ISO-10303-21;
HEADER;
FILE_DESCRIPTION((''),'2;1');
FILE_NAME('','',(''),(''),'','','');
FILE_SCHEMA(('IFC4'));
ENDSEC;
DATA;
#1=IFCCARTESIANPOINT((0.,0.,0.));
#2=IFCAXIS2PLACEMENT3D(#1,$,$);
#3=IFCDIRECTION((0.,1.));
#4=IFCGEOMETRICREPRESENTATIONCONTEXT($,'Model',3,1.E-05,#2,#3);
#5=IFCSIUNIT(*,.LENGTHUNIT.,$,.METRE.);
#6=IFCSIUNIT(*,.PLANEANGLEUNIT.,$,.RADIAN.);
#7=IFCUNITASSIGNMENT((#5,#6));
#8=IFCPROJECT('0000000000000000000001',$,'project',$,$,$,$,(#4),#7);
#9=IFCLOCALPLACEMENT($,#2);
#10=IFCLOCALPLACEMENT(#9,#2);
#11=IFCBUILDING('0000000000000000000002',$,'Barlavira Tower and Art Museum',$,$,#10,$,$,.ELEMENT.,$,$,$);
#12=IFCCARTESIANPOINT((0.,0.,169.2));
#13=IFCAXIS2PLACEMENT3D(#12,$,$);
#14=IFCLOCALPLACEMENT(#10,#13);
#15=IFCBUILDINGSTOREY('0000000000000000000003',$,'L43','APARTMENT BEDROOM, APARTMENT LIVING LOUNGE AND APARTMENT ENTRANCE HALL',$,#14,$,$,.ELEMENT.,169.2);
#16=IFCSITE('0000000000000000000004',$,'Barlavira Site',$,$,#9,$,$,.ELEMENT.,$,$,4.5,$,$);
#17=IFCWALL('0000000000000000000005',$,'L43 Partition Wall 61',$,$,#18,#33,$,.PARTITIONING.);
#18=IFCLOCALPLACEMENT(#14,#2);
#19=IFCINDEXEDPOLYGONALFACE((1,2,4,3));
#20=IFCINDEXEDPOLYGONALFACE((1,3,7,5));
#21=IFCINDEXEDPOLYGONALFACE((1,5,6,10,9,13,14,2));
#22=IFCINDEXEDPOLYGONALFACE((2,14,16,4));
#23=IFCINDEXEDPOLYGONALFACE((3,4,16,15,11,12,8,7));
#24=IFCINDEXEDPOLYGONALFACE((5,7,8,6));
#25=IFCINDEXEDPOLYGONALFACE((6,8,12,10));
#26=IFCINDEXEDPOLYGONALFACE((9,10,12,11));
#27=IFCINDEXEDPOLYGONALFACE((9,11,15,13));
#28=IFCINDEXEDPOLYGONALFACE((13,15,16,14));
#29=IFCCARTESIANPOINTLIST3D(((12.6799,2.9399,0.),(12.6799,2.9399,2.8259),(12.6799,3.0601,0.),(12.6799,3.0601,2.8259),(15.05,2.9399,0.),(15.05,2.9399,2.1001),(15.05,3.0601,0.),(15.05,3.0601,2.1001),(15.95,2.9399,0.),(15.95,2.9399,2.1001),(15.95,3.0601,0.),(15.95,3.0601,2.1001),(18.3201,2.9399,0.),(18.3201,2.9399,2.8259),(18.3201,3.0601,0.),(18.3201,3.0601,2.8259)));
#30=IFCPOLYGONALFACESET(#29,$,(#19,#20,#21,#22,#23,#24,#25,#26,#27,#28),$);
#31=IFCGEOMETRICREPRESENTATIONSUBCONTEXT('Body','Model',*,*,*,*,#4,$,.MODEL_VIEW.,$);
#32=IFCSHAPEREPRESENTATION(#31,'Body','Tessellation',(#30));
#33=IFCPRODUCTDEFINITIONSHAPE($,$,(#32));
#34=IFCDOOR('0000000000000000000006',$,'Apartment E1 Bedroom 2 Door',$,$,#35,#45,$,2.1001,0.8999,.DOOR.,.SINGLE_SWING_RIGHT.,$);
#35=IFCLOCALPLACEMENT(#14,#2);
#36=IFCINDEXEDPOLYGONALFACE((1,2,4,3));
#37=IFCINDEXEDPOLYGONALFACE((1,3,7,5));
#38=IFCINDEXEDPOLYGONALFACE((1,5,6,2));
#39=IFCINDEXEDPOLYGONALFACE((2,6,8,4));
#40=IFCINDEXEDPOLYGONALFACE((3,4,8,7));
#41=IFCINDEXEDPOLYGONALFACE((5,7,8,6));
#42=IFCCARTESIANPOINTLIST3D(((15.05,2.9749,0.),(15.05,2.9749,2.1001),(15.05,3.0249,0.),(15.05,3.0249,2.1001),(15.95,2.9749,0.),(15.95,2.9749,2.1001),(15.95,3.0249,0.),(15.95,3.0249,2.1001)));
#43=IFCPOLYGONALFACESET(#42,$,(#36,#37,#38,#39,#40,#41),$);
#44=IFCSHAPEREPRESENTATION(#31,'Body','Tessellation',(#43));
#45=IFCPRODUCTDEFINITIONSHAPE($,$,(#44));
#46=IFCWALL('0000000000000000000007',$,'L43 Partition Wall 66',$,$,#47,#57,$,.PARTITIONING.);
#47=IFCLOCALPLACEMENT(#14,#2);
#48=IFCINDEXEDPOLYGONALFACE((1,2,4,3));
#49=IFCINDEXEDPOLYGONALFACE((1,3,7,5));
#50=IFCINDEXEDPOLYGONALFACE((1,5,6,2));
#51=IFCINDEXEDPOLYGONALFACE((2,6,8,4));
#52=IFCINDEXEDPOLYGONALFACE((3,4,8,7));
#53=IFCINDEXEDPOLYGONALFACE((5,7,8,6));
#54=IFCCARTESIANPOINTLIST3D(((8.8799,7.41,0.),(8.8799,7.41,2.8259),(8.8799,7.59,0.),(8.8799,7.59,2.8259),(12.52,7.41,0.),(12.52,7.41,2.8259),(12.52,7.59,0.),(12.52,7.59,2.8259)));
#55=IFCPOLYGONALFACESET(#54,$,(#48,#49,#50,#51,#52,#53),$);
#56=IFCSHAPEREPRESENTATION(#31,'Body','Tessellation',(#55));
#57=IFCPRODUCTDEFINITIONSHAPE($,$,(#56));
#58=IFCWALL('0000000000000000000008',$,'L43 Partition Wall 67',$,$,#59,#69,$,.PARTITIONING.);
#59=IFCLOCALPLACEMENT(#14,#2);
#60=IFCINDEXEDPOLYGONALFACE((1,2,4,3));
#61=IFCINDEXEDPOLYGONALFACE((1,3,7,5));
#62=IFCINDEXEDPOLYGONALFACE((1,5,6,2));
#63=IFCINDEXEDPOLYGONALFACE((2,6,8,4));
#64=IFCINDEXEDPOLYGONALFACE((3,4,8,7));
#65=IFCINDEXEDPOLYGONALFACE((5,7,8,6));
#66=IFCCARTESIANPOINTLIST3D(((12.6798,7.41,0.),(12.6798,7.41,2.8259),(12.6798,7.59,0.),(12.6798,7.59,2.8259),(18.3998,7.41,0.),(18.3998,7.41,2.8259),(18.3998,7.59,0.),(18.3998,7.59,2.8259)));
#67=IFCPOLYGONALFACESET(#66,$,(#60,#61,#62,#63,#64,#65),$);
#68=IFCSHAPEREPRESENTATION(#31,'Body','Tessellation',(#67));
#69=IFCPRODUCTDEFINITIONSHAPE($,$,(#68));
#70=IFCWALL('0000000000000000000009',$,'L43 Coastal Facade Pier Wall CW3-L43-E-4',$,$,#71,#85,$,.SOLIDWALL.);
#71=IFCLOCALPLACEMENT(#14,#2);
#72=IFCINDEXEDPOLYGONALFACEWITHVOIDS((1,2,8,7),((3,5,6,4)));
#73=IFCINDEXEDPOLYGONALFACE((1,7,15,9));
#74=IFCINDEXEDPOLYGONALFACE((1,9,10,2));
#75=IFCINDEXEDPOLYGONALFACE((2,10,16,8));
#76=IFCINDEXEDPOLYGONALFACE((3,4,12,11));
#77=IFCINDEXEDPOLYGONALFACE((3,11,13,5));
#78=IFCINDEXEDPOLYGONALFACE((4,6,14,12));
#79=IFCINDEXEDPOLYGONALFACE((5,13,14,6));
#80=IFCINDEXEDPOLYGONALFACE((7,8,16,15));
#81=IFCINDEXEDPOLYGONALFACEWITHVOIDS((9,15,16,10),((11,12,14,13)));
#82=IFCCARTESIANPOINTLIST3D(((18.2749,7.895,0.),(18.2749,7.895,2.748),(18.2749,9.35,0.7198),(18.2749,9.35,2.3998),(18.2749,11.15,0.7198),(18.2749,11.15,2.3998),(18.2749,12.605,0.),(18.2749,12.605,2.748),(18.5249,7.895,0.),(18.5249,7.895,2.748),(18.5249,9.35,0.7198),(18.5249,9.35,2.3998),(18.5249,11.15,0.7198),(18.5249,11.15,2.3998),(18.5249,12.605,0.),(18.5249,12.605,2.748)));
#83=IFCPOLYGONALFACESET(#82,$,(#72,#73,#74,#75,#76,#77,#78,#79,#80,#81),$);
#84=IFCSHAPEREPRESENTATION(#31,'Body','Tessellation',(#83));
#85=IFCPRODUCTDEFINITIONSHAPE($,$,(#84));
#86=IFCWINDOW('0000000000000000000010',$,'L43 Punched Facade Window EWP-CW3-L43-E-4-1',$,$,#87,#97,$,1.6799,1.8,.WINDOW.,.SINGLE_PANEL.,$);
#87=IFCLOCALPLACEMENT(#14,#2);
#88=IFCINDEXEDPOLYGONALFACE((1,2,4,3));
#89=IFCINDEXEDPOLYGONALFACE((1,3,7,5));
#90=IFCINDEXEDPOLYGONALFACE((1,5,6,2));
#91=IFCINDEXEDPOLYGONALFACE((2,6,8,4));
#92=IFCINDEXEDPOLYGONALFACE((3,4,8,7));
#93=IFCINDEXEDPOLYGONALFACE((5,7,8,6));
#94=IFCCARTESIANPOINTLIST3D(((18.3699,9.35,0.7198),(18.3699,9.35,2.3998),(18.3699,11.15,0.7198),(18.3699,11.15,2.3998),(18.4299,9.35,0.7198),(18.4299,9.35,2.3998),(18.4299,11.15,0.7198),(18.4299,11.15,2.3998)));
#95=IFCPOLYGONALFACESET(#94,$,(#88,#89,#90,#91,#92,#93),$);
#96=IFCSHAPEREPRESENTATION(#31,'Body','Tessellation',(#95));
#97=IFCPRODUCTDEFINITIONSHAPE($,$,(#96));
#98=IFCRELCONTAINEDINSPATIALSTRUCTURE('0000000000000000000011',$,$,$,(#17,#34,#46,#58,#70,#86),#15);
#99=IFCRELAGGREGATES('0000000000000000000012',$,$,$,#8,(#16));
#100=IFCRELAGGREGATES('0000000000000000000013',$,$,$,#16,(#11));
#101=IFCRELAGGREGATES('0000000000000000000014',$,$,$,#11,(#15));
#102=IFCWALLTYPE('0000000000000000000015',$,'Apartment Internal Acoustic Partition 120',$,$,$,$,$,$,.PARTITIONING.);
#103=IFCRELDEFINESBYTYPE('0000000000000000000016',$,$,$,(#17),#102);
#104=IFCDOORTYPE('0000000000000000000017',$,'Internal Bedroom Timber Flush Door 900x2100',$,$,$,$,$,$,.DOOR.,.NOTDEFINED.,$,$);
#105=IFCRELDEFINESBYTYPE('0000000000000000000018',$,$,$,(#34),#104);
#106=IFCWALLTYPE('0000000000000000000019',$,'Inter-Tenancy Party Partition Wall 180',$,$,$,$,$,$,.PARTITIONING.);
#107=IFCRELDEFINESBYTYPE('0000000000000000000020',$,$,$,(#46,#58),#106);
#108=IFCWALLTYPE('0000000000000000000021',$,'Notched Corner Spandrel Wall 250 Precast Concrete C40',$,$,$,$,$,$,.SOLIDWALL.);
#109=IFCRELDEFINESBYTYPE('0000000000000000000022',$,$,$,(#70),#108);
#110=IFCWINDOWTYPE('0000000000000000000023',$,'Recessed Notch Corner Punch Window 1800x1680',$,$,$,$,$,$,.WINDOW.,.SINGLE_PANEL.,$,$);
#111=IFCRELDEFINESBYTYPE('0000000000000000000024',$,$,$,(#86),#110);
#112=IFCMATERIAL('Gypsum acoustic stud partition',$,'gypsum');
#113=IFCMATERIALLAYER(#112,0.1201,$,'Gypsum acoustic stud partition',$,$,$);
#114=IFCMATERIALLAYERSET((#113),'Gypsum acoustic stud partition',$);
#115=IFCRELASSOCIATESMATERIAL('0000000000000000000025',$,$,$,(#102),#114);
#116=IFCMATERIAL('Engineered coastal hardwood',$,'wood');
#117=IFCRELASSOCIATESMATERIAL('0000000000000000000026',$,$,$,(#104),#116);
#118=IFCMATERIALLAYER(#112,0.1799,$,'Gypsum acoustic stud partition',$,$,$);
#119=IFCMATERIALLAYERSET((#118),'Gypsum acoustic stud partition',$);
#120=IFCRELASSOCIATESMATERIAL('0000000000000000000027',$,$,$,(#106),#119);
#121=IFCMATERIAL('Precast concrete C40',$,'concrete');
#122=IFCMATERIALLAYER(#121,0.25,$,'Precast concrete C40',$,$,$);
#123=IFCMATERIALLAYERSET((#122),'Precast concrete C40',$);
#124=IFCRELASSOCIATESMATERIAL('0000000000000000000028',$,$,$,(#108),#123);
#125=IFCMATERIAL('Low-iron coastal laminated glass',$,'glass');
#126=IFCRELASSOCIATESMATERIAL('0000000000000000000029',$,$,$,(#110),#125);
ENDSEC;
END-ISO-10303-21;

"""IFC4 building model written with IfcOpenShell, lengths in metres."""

from ifc_helpers import new_model, si_unit, direction, frame, frame_2d, origin, place, context, subcontext, project, spatial, rectangle, extrude, material, layer, layer_set, type_object, element, fill, save


model = new_model("IFC4")

# Units and contexts
model_context = context("Model", 3, precision=1e-05, world=origin(), true_north=direction((0.0, 1.0)))
body_context = subcontext(model_context, "Body", "Model", "MODEL_VIEW")
ifc_project = project(units=[si_unit("LENGTHUNIT", "METRE"), si_unit("PLANEANGLEUNIT", "RADIAN")], contexts=[model_context])

# Site, building, storey
site_placement = place(None, origin())
site = spatial("IfcSite", under=ifc_project, at=site_placement, Name="Barlavira Site", CompositionType="ELEMENT", RefElevation=4.5)
building_placement = place(site_placement, origin())
building = spatial("IfcBuilding", under=site, at=building_placement, Name="Barlavira Tower and Art Museum", CompositionType="ELEMENT")
storey_placement = place(building_placement, frame((0.0, 0.0, 169.2)))
storey = spatial("IfcBuildingStorey", under=building, at=storey_placement, Name="L43", Description="APARTMENT BEDROOM, APARTMENT LIVING LOUNGE AND APARTMENT ENTRANCE HALL", CompositionType="ELEMENT", Elevation=169.2)

# Shared definitions
ifc_material_1 = material(Name="Low-iron coastal laminated glass", Category="glass")

# Wall, opening, door
ifc_material_2 = material(Name="Gypsum acoustic stud partition", Category="gypsum")
ifc_layer_1 = layer(ifc_material_2, 0.1201, Name="Gypsum acoustic stud partition")
ifc_layer_set_1 = layer_set([ifc_layer_1], Name="Gypsum acoustic stud partition")
wall_type_1 = type_object("IfcWallType", Name="Apartment Internal Acoustic Partition 120", PredefinedType="PARTITIONING", material=ifc_layer_set_1)
ifc_material_3 = material(Name="Engineered coastal hardwood", Category="wood")
door_type = type_object("IfcDoorType", Name="Internal Bedroom Timber Flush Door 900x2100", OperationType="NOTDEFINED", PredefinedType="DOOR", material=ifc_material_3)
wall_1_placement = place(storey_placement, frame((12.6799, 3.0, 0.0), z_axis=(0.0, 0.0, 1.0), x_axis=(1.0, 0.0, 0.0)))
wall_1 = element("IfcWall", 1, at=wall_1_placement, inside=storey, type_object=wall_type_1, Name="L43 Partition Wall 61", PredefinedType="PARTITIONING", context=body_context, shape_type="SweptSolid", body=[
    extrude(rectangle(XDim=5.6401, YDim=0.1201, at=frame_2d((2.8201, 0.0))), origin(), (0.0, 0.0, 1.0), 2.8259),
])
opening_1_placement = place(wall_1_placement, frame((2.3701, 0.0, 0.0)))
opening_1 = element("IfcOpeningElement", 2, at=opening_1_placement, cuts=wall_1, PredefinedType="OPENING", context=body_context, shape_type="SweptSolid", body=[
    extrude(rectangle(XDim=0.8999, YDim=2.1001, at=frame_2d((0.45, 1.05))), frame((0.0, 0.0701, 0.0), z_axis=(0.0, -1.0, 0.0), x_axis=(1.0, 0.0, 0.0)), (0.0, 0.0, 1.0), 0.1401),
])
door_1_placement = place(opening_1_placement, origin())
door_1 = element("IfcDoor", 3, at=door_1_placement, inside=storey, type_object=door_type, Name="Apartment E1 Bedroom 2 Door", OperationType="SINGLE_SWING_RIGHT", OverallHeight=2.1001, OverallWidth=0.8999, PredefinedType="DOOR", context=body_context, shape_type="SweptSolid", body=[
    extrude(rectangle(XDim=0.8999, YDim=2.1001, at=frame_2d((0.45, 1.05))), frame((0.0, 0.0249, 0.0), z_axis=(0.0, -1.0, 0.0), x_axis=(1.0, 0.0, 0.0)), (0.0, 0.0, 1.0), 0.05),
])
fill(opening_1, door_1)

# Walls
ifc_layer_2 = layer(ifc_material_2, 0.1799, Name="Gypsum acoustic stud partition")
ifc_layer_set_2 = layer_set([ifc_layer_2], Name="Gypsum acoustic stud partition")
wall_type_2 = type_object("IfcWallType", Name="Inter-Tenancy Party Partition Wall 180", PredefinedType="PARTITIONING", material=ifc_layer_set_2)
wall_2_placement = place(storey_placement, frame((8.8799, 7.5, 0.0), z_axis=(0.0, 0.0, 1.0), x_axis=(1.0, 0.0, 0.0)))
element("IfcWall", 4, at=wall_2_placement, inside=storey, type_object=wall_type_2, Name="L43 Partition Wall 66", PredefinedType="PARTITIONING", context=body_context, shape_type="SweptSolid", body=[
    extrude(rectangle(XDim=3.6401, YDim=0.1799, at=frame_2d((1.8201, 0.0))), origin(), (0.0, 0.0, 1.0), 2.8259),
])
wall_3_placement = place(storey_placement, frame((12.6799, 7.5, 0.0), z_axis=(0.0, 0.0, 1.0), x_axis=(1.0, 0.0, 0.0)))
element("IfcWall", 5, at=wall_3_placement, inside=storey, type_object=wall_type_2, Name="L43 Partition Wall 67", PredefinedType="PARTITIONING", context=body_context, shape_type="SweptSolid", body=[
    extrude(rectangle(XDim=5.72, YDim=0.1799, at=frame_2d((2.8599, 0.0))), origin(), (0.0, 0.0, 1.0), 2.8259),
])

# Wall, opening, window
ifc_material_4 = material(Name="Precast concrete C40", Category="concrete")
ifc_layer_3 = layer(ifc_material_4, 0.25, Name="Precast concrete C40")
ifc_layer_set_3 = layer_set([ifc_layer_3], Name="Precast concrete C40")
wall_type_3 = type_object("IfcWallType", Name="Notched Corner Spandrel Wall 250 Precast Concrete C40", PredefinedType="SOLIDWALL", material=ifc_layer_set_3)
wall_4_placement = place(storey_placement, frame((18.3999, 7.895, 0.0), z_axis=(0.0, 0.0, 1.0), x_axis=(0.0, 1.0, 0.0)))
wall_4 = element("IfcWall", 6, at=wall_4_placement, inside=storey, type_object=wall_type_3, Name="L43 Coastal Facade Pier Wall CW3-L43-E-4", PredefinedType="SOLIDWALL", context=body_context, shape_type="SweptSolid", body=[
    extrude(rectangle(XDim=4.71, YDim=0.25, at=frame_2d((2.355, 0.0))), origin(), (0.0, 0.0, 1.0), 2.748),
])
opening_2_placement = place(wall_4_placement, frame((1.4551, 0.0, 0.72)))
opening_2 = element("IfcOpeningElement", 7, at=opening_2_placement, cuts=wall_4, PredefinedType="OPENING", context=body_context, shape_type="SweptSolid", body=[
    extrude(rectangle(XDim=1.8, YDim=1.6799, at=frame_2d((0.8999, 0.8398))), frame((0.0, 0.135, 0.0), z_axis=(0.0, -1.0, 0.0), x_axis=(1.0, 0.0, 0.0)), (0.0, 0.0, 1.0), 0.27),
])
window_type = type_object("IfcWindowType", Name="Recessed Notch Corner Punch Window 1800x1680", PartitioningType="SINGLE_PANEL", PredefinedType="WINDOW", material=ifc_material_1)
window_placement = place(opening_2_placement, origin())
window = element("IfcWindow", 8, at=window_placement, inside=storey, type_object=window_type, Name="L43 Punched Facade Window EWP-CW3-L43-E-4-1", OverallHeight=1.6799, OverallWidth=1.8, PartitioningType="SINGLE_PANEL", PredefinedType="WINDOW", context=body_context, shape_type="SweptSolid", body=[
    extrude(rectangle(XDim=1.8, YDim=1.6799, at=frame_2d((0.8999, 0.8398))), frame((0.0, 0.03, 0.0), z_axis=(0.0, -1.0, 0.0), x_axis=(1.0, 0.0, 0.0)), (0.0, 0.0, 1.0), 0.0601),
])
fill(opening_2, window)

save(model, "model.ifc")
